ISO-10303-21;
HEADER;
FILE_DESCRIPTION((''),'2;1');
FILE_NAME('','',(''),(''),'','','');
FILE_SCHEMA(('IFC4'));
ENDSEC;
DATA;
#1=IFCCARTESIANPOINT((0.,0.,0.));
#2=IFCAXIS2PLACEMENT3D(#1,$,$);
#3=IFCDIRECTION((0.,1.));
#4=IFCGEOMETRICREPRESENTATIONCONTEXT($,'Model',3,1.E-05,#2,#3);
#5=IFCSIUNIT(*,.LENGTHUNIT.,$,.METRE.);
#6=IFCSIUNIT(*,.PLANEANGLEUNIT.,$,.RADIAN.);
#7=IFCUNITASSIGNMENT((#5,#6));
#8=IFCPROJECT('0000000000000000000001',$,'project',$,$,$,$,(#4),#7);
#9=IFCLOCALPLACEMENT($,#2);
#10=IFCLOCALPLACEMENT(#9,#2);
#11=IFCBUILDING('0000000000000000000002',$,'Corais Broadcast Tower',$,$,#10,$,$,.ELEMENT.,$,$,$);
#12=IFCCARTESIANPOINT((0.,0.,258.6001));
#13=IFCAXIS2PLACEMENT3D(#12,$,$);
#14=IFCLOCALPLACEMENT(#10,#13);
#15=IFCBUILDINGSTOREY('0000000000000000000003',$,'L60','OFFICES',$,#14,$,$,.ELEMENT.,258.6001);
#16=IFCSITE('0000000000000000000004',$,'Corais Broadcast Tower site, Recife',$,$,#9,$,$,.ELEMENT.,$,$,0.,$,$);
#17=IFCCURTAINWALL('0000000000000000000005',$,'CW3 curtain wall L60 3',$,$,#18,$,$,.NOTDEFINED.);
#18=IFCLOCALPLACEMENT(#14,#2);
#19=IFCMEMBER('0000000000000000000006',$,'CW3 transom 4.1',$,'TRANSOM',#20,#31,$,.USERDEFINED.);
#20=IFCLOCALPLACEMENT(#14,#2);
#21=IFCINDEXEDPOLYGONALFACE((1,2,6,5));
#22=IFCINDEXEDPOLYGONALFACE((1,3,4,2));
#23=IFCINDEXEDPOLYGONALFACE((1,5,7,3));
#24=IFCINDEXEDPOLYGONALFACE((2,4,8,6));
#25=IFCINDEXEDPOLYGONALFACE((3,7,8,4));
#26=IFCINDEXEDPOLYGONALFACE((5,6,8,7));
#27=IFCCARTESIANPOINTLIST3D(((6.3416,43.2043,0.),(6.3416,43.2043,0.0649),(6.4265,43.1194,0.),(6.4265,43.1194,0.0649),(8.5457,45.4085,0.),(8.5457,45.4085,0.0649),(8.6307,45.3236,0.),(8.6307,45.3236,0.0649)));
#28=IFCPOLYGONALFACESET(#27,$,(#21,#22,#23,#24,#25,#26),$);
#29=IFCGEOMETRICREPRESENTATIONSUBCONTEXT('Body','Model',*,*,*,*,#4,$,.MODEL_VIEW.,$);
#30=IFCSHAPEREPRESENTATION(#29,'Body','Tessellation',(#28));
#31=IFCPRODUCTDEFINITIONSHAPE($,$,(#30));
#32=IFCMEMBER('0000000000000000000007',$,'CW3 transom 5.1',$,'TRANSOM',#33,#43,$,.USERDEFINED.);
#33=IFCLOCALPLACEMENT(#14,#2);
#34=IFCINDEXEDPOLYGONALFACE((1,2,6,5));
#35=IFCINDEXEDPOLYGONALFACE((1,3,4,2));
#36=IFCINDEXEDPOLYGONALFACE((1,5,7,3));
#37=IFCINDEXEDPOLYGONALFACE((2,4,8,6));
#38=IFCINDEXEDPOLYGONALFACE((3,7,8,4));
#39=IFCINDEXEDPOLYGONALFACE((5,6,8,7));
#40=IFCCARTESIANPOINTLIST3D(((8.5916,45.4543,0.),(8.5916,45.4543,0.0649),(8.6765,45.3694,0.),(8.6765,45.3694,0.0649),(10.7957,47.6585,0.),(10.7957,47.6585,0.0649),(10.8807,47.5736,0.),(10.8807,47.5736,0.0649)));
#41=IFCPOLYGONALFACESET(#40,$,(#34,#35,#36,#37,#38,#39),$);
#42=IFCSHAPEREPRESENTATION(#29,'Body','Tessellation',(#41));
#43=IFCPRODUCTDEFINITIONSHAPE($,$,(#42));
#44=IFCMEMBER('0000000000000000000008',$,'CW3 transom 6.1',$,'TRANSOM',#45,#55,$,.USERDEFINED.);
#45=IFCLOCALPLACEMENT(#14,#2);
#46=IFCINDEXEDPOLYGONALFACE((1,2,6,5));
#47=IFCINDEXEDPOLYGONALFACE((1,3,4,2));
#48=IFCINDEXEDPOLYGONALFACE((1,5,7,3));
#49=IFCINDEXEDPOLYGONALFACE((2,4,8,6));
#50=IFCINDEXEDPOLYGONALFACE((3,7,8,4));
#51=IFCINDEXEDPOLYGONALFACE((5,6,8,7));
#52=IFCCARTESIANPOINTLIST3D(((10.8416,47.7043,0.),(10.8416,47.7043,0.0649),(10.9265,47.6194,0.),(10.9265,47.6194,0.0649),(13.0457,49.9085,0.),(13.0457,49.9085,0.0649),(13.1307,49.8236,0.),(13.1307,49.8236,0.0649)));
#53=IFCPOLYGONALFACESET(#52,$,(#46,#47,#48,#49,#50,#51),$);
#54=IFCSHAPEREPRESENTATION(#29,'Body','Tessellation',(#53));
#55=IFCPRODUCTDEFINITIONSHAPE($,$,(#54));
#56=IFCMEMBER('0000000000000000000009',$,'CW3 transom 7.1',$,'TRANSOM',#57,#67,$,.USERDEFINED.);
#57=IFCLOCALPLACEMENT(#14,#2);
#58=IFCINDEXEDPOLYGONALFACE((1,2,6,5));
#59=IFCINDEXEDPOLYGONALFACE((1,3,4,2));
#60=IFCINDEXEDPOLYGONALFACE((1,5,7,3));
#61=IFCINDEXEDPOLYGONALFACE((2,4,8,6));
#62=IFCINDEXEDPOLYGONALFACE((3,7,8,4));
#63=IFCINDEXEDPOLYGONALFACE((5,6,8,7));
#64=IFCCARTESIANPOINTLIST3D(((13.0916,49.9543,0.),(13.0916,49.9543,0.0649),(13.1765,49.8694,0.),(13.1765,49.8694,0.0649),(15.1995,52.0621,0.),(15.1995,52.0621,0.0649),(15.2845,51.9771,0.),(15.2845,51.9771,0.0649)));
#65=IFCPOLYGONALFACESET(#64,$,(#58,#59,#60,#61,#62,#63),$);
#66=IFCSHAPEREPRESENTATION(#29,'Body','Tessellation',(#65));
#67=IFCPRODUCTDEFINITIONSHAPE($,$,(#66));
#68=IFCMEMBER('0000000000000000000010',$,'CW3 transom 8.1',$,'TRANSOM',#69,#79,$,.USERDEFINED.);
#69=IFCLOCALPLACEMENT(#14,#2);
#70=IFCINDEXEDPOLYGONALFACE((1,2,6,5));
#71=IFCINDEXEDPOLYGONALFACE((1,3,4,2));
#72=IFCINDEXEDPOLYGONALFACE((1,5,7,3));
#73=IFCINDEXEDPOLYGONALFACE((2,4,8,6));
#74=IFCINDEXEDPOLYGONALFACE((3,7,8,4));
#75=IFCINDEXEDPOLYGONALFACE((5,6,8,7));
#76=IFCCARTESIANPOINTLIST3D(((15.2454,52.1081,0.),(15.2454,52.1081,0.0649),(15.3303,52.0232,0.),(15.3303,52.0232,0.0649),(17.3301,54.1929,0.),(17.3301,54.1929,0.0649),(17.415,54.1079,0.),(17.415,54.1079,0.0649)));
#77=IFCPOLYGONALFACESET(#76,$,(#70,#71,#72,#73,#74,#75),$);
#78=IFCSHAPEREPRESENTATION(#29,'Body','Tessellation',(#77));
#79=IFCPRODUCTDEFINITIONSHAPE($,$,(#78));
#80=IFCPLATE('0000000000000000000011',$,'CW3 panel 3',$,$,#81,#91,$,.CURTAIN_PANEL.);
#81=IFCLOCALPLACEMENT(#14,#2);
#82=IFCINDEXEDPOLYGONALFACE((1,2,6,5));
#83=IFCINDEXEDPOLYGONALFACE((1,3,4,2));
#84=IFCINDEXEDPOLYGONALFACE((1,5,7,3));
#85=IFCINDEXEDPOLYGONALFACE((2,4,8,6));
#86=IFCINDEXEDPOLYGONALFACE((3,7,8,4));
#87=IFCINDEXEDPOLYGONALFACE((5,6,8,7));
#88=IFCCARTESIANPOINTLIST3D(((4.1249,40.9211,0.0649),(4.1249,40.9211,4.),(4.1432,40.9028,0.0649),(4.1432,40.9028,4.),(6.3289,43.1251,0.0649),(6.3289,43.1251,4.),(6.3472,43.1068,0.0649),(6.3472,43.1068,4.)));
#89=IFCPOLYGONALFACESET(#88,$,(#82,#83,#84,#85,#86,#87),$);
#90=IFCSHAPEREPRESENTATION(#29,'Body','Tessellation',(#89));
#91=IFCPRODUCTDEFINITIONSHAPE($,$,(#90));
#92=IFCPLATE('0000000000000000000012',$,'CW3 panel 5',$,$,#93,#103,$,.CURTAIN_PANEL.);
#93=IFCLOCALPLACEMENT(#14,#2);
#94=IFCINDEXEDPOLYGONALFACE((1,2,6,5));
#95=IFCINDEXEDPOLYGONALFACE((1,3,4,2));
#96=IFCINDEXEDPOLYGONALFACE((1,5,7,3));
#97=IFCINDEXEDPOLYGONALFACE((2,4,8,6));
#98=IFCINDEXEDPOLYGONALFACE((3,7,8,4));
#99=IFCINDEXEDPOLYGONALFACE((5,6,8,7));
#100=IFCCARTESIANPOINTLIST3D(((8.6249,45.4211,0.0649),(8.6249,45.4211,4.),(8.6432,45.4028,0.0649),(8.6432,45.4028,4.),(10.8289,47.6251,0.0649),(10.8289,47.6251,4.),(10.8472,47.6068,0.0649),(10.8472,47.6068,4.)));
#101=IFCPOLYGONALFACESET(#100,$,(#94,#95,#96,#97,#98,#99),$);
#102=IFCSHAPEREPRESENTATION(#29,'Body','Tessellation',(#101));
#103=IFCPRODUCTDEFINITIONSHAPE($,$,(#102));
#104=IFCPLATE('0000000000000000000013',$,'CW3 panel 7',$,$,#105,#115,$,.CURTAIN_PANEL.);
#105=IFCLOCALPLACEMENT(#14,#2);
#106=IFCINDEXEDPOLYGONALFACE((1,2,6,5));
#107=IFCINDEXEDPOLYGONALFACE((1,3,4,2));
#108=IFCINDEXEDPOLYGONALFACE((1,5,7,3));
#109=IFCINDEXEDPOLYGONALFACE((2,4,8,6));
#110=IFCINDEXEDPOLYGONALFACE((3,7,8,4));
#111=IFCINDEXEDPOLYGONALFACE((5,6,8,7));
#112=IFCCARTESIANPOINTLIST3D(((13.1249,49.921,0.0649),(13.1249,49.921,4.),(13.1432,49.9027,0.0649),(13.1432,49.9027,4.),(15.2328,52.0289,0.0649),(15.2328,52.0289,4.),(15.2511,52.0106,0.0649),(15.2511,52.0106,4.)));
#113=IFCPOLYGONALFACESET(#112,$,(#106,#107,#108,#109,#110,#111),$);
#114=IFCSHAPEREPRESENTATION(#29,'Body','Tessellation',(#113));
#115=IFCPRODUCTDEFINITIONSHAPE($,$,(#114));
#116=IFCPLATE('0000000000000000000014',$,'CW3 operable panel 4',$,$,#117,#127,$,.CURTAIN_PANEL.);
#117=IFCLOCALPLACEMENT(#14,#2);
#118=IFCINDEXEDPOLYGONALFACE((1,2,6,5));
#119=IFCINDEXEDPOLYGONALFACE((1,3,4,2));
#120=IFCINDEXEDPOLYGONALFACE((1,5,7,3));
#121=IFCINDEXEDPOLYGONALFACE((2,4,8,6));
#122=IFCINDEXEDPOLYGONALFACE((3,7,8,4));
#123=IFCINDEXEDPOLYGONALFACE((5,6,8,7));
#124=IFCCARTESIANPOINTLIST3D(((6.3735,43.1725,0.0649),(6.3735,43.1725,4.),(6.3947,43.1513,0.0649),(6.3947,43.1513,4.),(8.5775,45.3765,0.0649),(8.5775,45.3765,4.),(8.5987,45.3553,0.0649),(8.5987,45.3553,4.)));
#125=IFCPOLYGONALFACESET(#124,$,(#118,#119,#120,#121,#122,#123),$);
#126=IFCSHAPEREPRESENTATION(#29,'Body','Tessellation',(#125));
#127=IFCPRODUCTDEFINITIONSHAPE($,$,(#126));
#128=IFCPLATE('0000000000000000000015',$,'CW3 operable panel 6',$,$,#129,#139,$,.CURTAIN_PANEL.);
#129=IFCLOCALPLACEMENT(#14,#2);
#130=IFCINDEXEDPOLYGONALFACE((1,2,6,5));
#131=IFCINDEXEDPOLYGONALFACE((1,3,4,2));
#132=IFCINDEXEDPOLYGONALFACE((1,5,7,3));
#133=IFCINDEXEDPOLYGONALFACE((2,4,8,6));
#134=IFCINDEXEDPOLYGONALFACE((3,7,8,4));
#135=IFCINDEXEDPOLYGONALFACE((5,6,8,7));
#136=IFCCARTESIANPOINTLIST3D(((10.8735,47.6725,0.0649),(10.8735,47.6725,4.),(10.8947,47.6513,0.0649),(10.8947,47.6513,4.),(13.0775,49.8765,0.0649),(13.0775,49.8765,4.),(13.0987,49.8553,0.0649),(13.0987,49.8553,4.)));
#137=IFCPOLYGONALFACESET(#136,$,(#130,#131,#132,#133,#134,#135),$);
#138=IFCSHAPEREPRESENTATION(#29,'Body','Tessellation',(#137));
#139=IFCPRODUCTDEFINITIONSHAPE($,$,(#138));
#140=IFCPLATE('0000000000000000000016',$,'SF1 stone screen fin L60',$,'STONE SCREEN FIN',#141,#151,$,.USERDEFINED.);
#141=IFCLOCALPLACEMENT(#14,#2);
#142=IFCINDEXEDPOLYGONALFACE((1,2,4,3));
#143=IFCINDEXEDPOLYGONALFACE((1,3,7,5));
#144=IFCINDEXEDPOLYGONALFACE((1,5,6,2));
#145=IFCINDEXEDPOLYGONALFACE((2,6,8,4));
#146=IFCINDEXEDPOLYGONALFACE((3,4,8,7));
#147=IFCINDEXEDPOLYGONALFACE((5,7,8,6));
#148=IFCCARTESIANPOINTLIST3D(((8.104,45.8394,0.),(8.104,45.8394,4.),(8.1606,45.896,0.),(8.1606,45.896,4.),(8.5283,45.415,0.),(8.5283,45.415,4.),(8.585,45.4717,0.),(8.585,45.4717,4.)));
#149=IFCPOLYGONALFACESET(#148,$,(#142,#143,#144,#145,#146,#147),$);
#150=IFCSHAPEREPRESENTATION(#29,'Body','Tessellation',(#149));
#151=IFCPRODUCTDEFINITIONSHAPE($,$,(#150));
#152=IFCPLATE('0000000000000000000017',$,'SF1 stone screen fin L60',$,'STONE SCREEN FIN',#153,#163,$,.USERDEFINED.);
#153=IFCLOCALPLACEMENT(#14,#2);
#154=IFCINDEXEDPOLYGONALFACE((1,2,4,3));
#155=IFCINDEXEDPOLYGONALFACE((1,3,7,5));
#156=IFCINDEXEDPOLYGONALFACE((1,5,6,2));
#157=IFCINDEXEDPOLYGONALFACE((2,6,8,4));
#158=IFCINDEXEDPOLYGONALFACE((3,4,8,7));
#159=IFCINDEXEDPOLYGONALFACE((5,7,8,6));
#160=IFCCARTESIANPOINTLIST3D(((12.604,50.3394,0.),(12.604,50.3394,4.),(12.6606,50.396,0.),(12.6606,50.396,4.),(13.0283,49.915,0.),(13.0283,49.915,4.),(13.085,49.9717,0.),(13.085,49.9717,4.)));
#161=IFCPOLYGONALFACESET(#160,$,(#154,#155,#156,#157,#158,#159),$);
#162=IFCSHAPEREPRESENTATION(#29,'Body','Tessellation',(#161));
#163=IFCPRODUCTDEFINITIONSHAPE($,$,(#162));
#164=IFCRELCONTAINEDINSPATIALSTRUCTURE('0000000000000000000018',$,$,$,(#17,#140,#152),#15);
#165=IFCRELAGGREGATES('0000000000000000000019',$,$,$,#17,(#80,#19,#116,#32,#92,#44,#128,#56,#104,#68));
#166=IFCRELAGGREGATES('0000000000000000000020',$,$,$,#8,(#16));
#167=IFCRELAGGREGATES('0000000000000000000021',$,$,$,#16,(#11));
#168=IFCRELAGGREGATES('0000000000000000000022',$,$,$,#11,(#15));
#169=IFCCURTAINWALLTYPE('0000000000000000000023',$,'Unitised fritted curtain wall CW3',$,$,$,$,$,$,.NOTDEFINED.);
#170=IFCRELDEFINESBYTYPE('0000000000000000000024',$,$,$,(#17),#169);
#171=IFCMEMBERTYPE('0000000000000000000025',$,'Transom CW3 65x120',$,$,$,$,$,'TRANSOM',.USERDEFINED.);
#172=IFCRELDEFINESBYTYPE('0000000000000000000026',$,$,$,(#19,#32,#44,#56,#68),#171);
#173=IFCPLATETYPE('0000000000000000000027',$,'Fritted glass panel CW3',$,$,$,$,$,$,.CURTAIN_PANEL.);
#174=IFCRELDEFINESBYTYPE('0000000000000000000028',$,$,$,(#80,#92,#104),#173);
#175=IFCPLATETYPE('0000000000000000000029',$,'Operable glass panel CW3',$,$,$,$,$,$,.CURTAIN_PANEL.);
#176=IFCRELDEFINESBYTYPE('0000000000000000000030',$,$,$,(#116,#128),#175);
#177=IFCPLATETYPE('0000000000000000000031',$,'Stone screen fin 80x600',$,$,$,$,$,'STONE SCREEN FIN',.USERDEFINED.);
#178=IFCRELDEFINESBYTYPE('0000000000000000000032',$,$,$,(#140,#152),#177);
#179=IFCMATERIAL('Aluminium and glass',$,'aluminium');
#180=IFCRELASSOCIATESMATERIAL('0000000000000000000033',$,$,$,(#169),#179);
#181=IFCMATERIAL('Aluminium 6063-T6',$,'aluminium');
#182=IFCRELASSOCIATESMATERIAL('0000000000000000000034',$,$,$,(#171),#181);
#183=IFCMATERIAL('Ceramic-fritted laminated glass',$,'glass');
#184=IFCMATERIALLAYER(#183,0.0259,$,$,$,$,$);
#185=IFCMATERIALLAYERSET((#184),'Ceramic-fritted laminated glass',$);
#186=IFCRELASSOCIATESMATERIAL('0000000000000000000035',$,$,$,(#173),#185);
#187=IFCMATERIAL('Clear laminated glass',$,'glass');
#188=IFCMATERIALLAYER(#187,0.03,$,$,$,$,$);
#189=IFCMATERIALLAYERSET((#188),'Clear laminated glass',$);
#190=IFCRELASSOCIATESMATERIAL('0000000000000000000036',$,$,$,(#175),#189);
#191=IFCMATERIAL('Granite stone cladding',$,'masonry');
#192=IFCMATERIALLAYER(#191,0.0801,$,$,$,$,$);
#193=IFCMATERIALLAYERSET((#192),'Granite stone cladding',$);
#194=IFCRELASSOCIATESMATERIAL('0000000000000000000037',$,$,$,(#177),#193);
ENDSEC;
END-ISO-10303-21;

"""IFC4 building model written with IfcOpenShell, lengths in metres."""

from ifc_helpers import new_model, si_unit, direction, frame, origin, origin_2d, place, context, subcontext, project, spatial, rectangle, extrude, material, layer, layer_set, material_profile, profile_set, type_object, element, aggregate, save


model = new_model("IFC4")

# Units and contexts
model_context = context("Model", 3, precision=1e-05, world=origin(), true_north=direction((0.0, 1.0)))
body_context = subcontext(model_context, "Body", "Model", "MODEL_VIEW")
ifc_project = project(units=[si_unit("LENGTHUNIT", "METRE"), si_unit("PLANEANGLEUNIT", "RADIAN")], contexts=[model_context])

# Site, building, storey
site_placement = place(None, origin())
site = spatial("IfcSite", under=ifc_project, at=site_placement, Name="Corais Broadcast Tower site, Recife", CompositionType="ELEMENT", RefElevation=0.0)
building_placement = place(site_placement, origin())
building = spatial("IfcBuilding", under=site, at=building_placement, Name="Corais Broadcast Tower", CompositionType="ELEMENT")
storey_placement = place(building_placement, frame((0.0, 0.0, 258.6001)))
storey = spatial("IfcBuildingStorey", under=building, at=storey_placement, Name="L60", Description="OFFICES", CompositionType="ELEMENT", Elevation=258.6001)

# Curtain wall
ifc_material_1 = material(Name="Aluminium and glass", Category="aluminium")
curtain_wall_type = type_object("IfcCurtainWallType", Name="Unitised fritted curtain wall CW3", PredefinedType="NOTDEFINED", material=ifc_material_1)
curtain_wall_placement = place(storey_placement, origin())
curtain_wall = element("IfcCurtainWall", 1, at=curtain_wall_placement, inside=storey, type_object=curtain_wall_type, Name="CW3 curtain wall L60 3", PredefinedType="NOTDEFINED")

# Members
ifc_material_2 = material(Name="Aluminium 6063-T6", Category="aluminium")
ifc_material_profile_1 = material_profile(ifc_material_2, rectangle(XDim=0.1201, YDim=0.0649, at=origin_2d()), Name="Transom CW3 65x120")
ifc_profile_set_1 = profile_set([ifc_material_profile_1], Name="Aluminium 6063-T6")
member_type_1 = type_object("IfcMemberType", Name="Transom CW3 65x120", ElementType="TRANSOM", PredefinedType="USERDEFINED", material=ifc_profile_set_1)
member_1_placement = place(storey_placement, frame((6.384, 43.1619, 0.0325), z_axis=(0.707107, 0.707107, 0.0), x_axis=(-0.707107, 0.707107, 0.0)))
member_1 = element("IfcMember", 2, at=member_1_placement, type_object=member_type_1, Name="CW3 transom 4.1", ObjectType="TRANSOM", PredefinedType="USERDEFINED", context=body_context, shape_type="SweptSolid", body=[
    extrude(rectangle(XDim=0.1201, YDim=0.0649, at=origin_2d()), origin(), (0.0, 0.0, 1.0), 3.1172),
])
member_2_placement = place(storey_placement, frame((8.634, 45.4119, 0.0325), z_axis=(0.707107, 0.707107, 0.0), x_axis=(-0.707107, 0.707107, 0.0)))
member_2 = element("IfcMember", 3, at=member_2_placement, type_object=member_type_1, Name="CW3 transom 5.1", ObjectType="TRANSOM", PredefinedType="USERDEFINED", context=body_context, shape_type="SweptSolid", body=[
    extrude(rectangle(XDim=0.1201, YDim=0.0649, at=origin_2d()), origin(), (0.0, 0.0, 1.0), 3.1172),
])
member_3_placement = place(storey_placement, frame((10.884, 47.6619, 0.0325), z_axis=(0.707107, 0.707107, 0.0), x_axis=(-0.707107, 0.707107, 0.0)))
member_3 = element("IfcMember", 4, at=member_3_placement, type_object=member_type_1, Name="CW3 transom 6.1", ObjectType="TRANSOM", PredefinedType="USERDEFINED", context=body_context, shape_type="SweptSolid", body=[
    extrude(rectangle(XDim=0.1201, YDim=0.0649, at=origin_2d()), origin(), (0.0, 0.0, 1.0), 3.1172),
])
member_4_placement = place(storey_placement, frame((13.134, 49.9119, 0.0325), z_axis=(0.707148, 0.707066, 0.0), x_axis=(-0.707066, 0.707148, 0.0)))
member_4 = element("IfcMember", 5, at=member_4_placement, type_object=member_type_1, Name="CW3 transom 7.1", ObjectType="TRANSOM", PredefinedType="USERDEFINED", context=body_context, shape_type="SweptSolid", body=[
    extrude(rectangle(XDim=0.1201, YDim=0.0649, at=origin_2d()), origin(), (0.0, 0.0, 1.0), 2.981),
])
member_5_placement = place(storey_placement, frame((15.2878, 52.0657, 0.0325), z_axis=(0.707107, 0.707107, 0.0), x_axis=(-0.707107, 0.707107, 0.0)))
member_5 = element("IfcMember", 6, at=member_5_placement, type_object=member_type_1, Name="CW3 transom 8.1", ObjectType="TRANSOM", PredefinedType="USERDEFINED", context=body_context, shape_type="SweptSolid", body=[
    extrude(rectangle(XDim=0.1201, YDim=0.0649, at=origin_2d()), origin(), (0.0, 0.0, 1.0), 2.9482),
])

# Plates
ifc_material_3 = material(Name="Ceramic-fritted laminated glass", Category="glass")
ifc_layer_1 = layer(ifc_material_3, 0.0259)
ifc_layer_set_1 = layer_set([ifc_layer_1], Name="Ceramic-fritted laminated glass")
plate_type_1 = type_object("IfcPlateType", Name="Fritted glass panel CW3", PredefinedType="CURTAIN_PANEL", material=ifc_layer_set_1)
plate_1_placement = place(storey_placement, frame((5.2361, 42.0139, 0.0649), z_axis=(0.0, 0.0, 1.0), x_axis=(0.707107, 0.707107, 0.0)))
plate_1 = element("IfcPlate", 7, at=plate_1_placement, type_object=plate_type_1, Name="CW3 panel 3", PredefinedType="CURTAIN_PANEL", context=body_context, shape_type="SweptSolid", body=[
    extrude(rectangle(XDim=3.1169, YDim=0.0259, at=origin_2d()), origin(), (0.0, 0.0, 1.0), 3.9351),
])
plate_2_placement = place(storey_placement, frame((9.7361, 46.5139, 0.0649), z_axis=(0.0, 0.0, 1.0), x_axis=(0.707107, 0.707107, 0.0)))
plate_2 = element("IfcPlate", 8, at=plate_2_placement, type_object=plate_type_1, Name="CW3 panel 5", PredefinedType="CURTAIN_PANEL", context=body_context, shape_type="SweptSolid", body=[
    extrude(rectangle(XDim=3.1169, YDim=0.0259, at=origin_2d()), origin(), (0.0, 0.0, 1.0), 3.9351),
])
plate_3_placement = place(storey_placement, frame((14.188, 50.9658, 0.0649), z_axis=(0.0, 0.0, 1.0), x_axis=(0.707107, 0.707107, 0.0)))
plate_3 = element("IfcPlate", 9, at=plate_3_placement, type_object=plate_type_1, Name="CW3 panel 7", PredefinedType="CURTAIN_PANEL", context=body_context, shape_type="SweptSolid", body=[
    extrude(rectangle(XDim=2.981, YDim=0.0259, at=origin_2d()), origin(), (0.0, 0.0, 1.0), 3.9351),
])
ifc_material_4 = material(Name="Clear laminated glass", Category="glass")
ifc_layer_2 = layer(ifc_material_4, 0.03)
ifc_layer_set_2 = layer_set([ifc_layer_2], Name="Clear laminated glass")
plate_type_2 = type_object("IfcPlateType", Name="Operable glass panel CW3", PredefinedType="CURTAIN_PANEL", material=ifc_layer_set_2)
plate_4_placement = place(storey_placement, frame((7.4861, 44.2639, 0.0649), z_axis=(0.0, 0.0, 1.0), x_axis=(0.707107, 0.707107, 0.0)))
plate_4 = element("IfcPlate", 10, at=plate_4_placement, type_object=plate_type_2, Name="CW3 operable panel 4", PredefinedType="CURTAIN_PANEL", context=body_context, shape_type="SweptSolid", body=[
    extrude(rectangle(XDim=3.1169, YDim=0.03, at=origin_2d()), origin(), (0.0, 0.0, 1.0), 3.9351),
])
plate_5_placement = place(storey_placement, frame((11.9861, 48.7639, 0.0649), z_axis=(0.0, 0.0, 1.0), x_axis=(0.707107, 0.707107, 0.0)))
plate_5 = element("IfcPlate", 11, at=plate_5_placement, type_object=plate_type_2, Name="CW3 operable panel 6", PredefinedType="CURTAIN_PANEL", context=body_context, shape_type="SweptSolid", body=[
    extrude(rectangle(XDim=3.1169, YDim=0.03, at=origin_2d()), origin(), (0.0, 0.0, 1.0), 3.9351),
])
aggregate(curtain_wall, [plate_1, member_1, plate_4, member_2, plate_2, member_3, plate_5, member_4, plate_3, member_5])

# Plates
ifc_material_5 = material(Name="Granite stone cladding", Category="masonry")
ifc_layer_3 = layer(ifc_material_5, 0.0801)
ifc_layer_set_3 = layer_set([ifc_layer_3], Name="Granite stone cladding")
plate_type_3 = type_object("IfcPlateType", Name="Stone screen fin 80x600", ElementType="STONE SCREEN FIN", PredefinedType="USERDEFINED", material=ifc_layer_set_3)
for number, where, z_axis, x_axis, name in (
    (12, (8.3445, 45.6555, 0.0), (0.0, 0.0, 1.0), (0.707107, 0.707107, 0.0), "SF1 stone screen fin L60"),
    (13, (12.8445, 50.1555, 0.0), (0.0, 0.0, 1.0), (0.707107, 0.707107, 0.0), "SF1 stone screen fin L60"),
):
    element("IfcPlate", number, at=place(storey_placement, frame(where, z_axis=z_axis, x_axis=x_axis)), inside=storey, type_object=plate_type_3, Name=name, ObjectType="STONE SCREEN FIN", PredefinedType="USERDEFINED", context=body_context, shape_type="SweptSolid", body=[
        extrude(rectangle(XDim=0.0801, YDim=0.6001, at=origin_2d()), origin(), (0.0, 0.0, 1.0), 4.0),
    ])

save(model, "model.ifc")
